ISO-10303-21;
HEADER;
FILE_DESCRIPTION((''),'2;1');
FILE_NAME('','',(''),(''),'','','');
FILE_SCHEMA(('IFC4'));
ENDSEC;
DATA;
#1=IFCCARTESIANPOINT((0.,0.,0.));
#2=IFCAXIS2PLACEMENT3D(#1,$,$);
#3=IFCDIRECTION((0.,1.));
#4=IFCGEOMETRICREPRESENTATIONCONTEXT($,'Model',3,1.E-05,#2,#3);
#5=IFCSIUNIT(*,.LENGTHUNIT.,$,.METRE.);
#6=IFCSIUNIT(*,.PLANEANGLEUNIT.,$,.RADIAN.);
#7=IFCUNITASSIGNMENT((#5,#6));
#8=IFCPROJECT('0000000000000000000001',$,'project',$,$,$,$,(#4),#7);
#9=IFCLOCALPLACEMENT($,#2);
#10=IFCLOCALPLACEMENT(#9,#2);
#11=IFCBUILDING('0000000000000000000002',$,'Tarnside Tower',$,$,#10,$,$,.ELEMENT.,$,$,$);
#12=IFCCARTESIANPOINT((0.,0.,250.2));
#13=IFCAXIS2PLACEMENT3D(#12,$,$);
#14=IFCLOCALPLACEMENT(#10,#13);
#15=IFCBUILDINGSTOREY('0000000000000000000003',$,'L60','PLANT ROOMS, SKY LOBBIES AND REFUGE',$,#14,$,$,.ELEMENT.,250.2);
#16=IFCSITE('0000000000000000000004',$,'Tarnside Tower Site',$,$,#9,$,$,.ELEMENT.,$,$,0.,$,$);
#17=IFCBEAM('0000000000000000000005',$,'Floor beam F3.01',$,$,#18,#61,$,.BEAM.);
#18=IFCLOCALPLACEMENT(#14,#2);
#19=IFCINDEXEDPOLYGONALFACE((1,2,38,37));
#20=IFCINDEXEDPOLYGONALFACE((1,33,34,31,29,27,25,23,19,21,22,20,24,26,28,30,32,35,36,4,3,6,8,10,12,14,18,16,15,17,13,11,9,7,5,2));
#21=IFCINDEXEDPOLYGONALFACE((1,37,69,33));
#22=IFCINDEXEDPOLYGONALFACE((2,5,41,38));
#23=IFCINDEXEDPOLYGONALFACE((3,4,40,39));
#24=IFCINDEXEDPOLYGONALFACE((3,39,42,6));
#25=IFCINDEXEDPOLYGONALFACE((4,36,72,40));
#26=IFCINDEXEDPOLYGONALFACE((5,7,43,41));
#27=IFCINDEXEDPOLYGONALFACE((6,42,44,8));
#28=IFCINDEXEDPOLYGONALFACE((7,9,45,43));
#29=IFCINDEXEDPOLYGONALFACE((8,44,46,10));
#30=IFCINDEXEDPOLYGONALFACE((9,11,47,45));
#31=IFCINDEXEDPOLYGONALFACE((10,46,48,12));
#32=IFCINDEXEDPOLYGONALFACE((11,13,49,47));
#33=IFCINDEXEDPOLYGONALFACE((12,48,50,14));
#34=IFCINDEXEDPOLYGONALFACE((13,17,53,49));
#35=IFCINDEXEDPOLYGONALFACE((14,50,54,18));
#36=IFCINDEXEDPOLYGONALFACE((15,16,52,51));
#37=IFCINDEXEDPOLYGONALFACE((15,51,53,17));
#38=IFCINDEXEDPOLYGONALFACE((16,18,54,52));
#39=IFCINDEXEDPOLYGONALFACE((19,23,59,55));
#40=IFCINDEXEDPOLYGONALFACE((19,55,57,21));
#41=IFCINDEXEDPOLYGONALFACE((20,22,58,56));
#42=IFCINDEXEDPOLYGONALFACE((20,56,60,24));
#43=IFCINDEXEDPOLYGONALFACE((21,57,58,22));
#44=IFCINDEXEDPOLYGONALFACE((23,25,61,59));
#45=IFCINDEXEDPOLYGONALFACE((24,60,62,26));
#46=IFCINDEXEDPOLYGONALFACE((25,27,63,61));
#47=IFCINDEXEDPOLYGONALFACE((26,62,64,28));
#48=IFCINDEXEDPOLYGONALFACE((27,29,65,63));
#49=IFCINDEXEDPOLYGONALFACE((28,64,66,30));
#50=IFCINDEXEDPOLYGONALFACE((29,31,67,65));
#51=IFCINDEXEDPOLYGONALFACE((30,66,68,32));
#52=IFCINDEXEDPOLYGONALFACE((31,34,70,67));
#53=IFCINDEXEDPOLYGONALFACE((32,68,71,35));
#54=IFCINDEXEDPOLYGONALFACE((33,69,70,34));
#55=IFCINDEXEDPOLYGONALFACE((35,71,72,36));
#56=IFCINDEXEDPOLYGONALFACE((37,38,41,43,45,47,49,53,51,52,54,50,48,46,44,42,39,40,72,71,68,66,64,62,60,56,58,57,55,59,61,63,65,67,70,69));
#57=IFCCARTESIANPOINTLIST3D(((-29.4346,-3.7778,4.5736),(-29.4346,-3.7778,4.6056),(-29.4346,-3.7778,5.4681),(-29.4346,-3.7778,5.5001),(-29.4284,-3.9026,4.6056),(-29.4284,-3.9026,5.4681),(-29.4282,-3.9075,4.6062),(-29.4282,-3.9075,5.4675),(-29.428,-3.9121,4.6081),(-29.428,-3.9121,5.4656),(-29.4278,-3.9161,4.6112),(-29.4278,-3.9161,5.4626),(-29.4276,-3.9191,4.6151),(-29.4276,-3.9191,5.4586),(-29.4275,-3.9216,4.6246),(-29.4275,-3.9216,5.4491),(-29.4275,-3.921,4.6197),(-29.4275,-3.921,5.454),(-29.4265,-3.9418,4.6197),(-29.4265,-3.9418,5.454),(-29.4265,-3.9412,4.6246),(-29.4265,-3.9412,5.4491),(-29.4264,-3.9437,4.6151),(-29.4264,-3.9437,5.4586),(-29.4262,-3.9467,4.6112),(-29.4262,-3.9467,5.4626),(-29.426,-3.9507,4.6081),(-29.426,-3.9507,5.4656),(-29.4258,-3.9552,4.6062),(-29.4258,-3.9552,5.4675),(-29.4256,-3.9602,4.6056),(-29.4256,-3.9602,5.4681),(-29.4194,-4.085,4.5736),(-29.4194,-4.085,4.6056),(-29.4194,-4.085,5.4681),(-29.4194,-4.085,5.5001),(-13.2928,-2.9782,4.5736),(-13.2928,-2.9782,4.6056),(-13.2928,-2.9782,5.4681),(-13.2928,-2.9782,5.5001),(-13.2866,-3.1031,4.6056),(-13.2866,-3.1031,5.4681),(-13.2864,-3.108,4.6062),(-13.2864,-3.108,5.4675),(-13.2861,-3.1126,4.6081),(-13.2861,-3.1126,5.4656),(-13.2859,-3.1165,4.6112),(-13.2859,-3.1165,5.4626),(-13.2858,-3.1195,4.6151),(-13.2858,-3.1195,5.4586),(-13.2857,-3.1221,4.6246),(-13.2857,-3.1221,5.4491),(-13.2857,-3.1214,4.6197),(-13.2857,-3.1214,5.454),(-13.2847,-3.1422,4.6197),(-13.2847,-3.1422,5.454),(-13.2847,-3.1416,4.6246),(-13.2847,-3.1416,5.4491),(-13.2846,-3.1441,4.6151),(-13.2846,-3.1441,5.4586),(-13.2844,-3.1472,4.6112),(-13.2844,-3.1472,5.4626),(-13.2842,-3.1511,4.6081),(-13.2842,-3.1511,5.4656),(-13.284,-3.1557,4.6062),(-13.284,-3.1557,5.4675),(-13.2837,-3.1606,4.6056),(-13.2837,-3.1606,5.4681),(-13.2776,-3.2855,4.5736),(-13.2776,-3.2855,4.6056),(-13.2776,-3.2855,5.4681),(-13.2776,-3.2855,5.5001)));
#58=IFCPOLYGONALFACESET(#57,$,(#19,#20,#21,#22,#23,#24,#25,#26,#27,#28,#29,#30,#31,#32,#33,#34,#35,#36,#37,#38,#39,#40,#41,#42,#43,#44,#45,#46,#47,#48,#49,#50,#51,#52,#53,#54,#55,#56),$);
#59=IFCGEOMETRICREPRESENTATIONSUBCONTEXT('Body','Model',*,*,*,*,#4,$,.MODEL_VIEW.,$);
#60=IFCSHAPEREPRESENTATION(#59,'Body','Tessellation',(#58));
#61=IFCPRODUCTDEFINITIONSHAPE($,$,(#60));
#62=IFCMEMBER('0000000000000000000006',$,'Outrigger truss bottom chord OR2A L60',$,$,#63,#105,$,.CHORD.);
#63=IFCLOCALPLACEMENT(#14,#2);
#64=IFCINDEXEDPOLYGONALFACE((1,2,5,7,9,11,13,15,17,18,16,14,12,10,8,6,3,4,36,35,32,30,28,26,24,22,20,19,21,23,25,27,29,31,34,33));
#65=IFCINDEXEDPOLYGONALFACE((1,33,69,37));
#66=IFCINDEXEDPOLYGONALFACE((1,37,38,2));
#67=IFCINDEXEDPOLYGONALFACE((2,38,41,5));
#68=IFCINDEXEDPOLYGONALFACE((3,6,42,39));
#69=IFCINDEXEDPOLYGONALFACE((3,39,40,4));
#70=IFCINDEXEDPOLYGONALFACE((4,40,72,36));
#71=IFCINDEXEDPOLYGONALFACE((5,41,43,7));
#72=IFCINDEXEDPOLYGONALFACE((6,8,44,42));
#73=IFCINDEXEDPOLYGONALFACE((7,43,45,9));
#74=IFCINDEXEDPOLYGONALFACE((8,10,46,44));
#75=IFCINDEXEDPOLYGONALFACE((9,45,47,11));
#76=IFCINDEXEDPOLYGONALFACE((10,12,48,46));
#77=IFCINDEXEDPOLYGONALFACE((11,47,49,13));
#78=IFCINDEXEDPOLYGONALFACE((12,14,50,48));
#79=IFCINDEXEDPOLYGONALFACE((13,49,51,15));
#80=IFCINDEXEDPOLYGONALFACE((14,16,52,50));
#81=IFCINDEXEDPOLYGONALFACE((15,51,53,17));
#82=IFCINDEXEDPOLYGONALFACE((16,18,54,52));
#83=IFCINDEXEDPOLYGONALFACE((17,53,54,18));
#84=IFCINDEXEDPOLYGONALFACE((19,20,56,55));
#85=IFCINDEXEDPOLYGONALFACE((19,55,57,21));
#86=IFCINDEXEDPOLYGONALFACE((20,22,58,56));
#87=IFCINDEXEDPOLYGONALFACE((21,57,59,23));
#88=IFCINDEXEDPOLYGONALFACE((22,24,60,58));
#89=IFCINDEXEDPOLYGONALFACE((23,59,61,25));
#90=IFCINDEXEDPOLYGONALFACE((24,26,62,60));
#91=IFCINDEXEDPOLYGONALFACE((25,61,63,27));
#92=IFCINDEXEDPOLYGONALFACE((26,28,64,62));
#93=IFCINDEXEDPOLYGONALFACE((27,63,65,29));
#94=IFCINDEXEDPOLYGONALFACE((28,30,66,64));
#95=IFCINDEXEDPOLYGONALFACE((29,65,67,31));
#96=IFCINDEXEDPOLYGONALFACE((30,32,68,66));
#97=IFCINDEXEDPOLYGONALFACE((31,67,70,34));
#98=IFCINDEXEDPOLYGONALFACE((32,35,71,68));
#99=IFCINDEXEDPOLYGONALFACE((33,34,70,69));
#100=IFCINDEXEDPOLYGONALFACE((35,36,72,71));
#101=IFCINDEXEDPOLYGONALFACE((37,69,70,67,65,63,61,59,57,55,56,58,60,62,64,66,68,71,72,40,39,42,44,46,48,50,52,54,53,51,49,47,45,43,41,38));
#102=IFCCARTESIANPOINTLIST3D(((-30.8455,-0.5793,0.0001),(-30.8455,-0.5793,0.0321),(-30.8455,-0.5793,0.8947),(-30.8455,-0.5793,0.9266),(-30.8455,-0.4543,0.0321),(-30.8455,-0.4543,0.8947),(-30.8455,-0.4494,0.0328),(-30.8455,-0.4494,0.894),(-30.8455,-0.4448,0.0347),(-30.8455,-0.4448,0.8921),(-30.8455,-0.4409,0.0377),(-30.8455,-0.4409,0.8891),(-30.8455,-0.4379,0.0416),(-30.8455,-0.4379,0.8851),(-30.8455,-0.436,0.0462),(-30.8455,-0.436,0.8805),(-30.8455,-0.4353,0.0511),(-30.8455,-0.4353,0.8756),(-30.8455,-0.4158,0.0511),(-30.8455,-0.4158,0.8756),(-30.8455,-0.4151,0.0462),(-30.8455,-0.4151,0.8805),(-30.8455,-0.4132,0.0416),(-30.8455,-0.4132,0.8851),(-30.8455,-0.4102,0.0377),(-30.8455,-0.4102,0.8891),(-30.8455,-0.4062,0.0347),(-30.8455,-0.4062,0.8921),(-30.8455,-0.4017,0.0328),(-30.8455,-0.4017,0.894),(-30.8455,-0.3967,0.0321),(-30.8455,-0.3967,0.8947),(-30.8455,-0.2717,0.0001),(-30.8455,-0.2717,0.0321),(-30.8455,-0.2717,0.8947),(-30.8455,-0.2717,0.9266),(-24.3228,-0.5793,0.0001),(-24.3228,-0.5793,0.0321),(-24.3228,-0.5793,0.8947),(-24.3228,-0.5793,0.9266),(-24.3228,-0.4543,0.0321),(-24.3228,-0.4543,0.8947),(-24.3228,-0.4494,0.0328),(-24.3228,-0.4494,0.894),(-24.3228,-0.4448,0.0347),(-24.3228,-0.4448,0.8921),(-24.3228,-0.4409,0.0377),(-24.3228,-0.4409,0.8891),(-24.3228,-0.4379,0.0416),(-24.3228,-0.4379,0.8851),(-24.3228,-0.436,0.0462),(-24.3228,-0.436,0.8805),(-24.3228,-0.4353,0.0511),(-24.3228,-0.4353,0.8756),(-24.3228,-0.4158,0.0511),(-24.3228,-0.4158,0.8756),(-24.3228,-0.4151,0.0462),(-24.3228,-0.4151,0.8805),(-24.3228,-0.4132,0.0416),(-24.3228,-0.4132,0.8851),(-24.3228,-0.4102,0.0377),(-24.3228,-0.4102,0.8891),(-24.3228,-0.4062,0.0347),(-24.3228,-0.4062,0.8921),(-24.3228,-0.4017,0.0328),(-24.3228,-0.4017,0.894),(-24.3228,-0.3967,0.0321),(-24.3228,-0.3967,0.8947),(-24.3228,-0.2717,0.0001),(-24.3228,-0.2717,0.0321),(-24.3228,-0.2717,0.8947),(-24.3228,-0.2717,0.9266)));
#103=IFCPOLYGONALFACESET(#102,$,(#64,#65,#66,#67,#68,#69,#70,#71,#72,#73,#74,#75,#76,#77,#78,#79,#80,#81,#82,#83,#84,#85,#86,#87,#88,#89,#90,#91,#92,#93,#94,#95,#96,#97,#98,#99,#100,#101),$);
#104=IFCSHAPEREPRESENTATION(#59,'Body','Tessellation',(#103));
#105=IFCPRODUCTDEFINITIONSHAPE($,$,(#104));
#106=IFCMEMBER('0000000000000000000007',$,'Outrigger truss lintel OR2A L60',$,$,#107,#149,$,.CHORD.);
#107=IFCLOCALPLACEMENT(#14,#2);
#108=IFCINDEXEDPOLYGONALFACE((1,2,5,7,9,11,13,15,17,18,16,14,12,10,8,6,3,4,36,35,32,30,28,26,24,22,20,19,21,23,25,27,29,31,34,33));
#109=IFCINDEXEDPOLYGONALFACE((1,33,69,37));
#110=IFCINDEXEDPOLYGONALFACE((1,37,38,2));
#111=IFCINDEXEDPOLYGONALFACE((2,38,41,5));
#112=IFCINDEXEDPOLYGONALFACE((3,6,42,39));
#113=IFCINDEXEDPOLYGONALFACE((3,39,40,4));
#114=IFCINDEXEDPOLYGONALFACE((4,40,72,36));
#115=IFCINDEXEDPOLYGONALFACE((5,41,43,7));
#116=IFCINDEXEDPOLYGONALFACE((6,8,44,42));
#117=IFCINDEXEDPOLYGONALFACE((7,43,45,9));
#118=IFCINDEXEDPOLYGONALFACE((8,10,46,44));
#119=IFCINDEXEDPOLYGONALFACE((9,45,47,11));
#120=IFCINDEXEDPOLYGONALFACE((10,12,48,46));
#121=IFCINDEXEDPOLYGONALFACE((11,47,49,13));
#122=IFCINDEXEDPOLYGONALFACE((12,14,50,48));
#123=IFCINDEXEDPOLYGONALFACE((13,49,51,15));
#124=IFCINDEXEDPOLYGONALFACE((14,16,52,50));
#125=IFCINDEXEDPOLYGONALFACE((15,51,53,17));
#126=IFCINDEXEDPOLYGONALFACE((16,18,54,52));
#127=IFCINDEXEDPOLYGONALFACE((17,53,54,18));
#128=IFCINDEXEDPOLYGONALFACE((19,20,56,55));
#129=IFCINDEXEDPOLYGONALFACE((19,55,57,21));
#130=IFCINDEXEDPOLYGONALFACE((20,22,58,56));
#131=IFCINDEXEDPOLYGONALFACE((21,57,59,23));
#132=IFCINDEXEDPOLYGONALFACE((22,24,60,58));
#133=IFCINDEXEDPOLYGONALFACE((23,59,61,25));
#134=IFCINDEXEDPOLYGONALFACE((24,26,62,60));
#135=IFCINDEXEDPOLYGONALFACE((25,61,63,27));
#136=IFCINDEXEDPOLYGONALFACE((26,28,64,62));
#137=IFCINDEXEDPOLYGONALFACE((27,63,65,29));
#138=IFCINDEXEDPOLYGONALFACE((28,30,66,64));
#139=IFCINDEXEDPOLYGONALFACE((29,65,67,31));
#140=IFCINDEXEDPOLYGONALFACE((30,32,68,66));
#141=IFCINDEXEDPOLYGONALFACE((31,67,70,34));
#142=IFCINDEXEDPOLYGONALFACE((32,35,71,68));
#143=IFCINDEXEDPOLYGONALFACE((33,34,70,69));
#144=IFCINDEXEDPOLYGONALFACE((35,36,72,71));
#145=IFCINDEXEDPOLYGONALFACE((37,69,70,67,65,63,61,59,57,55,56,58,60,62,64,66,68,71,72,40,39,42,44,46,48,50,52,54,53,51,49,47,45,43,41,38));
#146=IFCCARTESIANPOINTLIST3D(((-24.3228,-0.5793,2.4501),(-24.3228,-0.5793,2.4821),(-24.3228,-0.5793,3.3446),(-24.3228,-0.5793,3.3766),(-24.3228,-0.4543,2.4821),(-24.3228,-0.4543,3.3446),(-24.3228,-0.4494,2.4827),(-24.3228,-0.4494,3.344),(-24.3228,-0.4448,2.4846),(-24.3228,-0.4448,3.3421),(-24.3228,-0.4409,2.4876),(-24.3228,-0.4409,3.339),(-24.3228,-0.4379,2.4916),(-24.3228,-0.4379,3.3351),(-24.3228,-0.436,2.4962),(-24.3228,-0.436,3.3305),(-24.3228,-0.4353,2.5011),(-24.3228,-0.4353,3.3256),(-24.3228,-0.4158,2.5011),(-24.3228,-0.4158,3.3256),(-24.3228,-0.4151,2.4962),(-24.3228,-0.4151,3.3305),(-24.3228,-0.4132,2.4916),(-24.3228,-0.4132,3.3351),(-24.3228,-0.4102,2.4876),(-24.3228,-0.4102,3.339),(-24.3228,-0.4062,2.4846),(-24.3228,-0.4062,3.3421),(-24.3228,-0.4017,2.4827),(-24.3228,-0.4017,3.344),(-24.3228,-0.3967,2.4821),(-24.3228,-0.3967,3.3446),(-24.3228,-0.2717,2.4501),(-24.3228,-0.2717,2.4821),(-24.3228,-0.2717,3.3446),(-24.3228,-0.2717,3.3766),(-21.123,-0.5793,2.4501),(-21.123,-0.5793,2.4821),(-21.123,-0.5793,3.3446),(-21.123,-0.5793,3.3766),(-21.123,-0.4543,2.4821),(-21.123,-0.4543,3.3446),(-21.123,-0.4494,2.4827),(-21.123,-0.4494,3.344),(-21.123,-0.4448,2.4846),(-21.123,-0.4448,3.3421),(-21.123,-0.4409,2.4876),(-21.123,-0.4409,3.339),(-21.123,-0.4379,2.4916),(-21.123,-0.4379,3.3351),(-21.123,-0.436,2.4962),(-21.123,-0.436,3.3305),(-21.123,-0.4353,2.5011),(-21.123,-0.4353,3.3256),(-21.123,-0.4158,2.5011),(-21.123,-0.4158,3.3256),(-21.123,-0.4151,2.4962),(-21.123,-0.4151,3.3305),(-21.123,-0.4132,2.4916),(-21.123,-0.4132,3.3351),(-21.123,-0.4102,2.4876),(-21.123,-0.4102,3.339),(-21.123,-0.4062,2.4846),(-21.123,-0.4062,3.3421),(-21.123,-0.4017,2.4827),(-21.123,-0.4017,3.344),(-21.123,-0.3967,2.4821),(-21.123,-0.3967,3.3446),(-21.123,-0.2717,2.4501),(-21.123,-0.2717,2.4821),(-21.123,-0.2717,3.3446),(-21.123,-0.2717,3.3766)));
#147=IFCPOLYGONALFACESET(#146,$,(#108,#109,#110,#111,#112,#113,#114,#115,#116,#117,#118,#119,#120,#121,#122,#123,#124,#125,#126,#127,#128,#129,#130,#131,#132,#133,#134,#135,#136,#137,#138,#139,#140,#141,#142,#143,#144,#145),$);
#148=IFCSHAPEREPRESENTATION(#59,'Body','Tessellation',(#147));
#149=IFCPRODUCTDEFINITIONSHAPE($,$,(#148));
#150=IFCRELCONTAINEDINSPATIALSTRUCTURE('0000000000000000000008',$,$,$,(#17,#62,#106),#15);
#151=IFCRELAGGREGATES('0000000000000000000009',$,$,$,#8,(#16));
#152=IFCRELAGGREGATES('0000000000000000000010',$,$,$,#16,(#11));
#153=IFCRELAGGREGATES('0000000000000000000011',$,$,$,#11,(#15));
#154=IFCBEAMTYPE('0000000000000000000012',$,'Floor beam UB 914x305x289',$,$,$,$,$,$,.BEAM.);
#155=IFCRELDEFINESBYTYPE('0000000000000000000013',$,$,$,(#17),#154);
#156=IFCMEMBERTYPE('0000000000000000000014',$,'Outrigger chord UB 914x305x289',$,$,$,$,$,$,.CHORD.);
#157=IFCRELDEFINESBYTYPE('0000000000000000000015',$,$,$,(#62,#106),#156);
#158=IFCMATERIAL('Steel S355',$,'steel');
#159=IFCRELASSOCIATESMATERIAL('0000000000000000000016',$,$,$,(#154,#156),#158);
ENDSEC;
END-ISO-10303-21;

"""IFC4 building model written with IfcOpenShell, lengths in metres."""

from ifc_helpers import new_model, si_unit, direction, frame, origin, origin_2d, place, context, subcontext, project, spatial, i_section, extrude, material, material_profile, profile_set, type_object, element, save


model = new_model("IFC4")

# Units and contexts
model_context = context("Model", 3, precision=1e-05, world=origin(), true_north=direction((0.0, 1.0)))
body_context = subcontext(model_context, "Body", "Model", "MODEL_VIEW")
ifc_project = project(units=[si_unit("LENGTHUNIT", "METRE"), si_unit("PLANEANGLEUNIT", "RADIAN")], contexts=[model_context])

# Site, building, storey
site_placement = place(None, origin())
site = spatial("IfcSite", under=ifc_project, at=site_placement, Name="Tarnside Tower Site", CompositionType="ELEMENT", RefElevation=0.0)
building_placement = place(site_placement, origin())
building = spatial("IfcBuilding", under=site, at=building_placement, Name="Tarnside Tower", CompositionType="ELEMENT")
storey_placement = place(building_placement, frame((0.0, 0.0, 250.2)))
storey = spatial("IfcBuildingStorey", under=building, at=storey_placement, Name="L60", Description="PLANT ROOMS, SKY LOBBIES AND REFUGE", CompositionType="ELEMENT", Elevation=250.2)

# Beam
ifc_material_1 = material(Name="Steel S355", Category="steel")
ifc_material_profile_1 = material_profile(ifc_material_1, i_section(OverallWidth=0.3076, OverallDepth=0.9265, WebThickness=0.0195, FlangeThickness=0.032, FilletRadius=0.019, at=origin_2d()), Name="UB 914x305x289")
ifc_profile_set_1 = profile_set([ifc_material_profile_1], Name="Steel S355")
beam_type = type_object("IfcBeamType", Name="Floor beam UB 914x305x289", PredefinedType="BEAM", material=ifc_profile_set_1)
beam_placement = place(storey_placement, frame((-29.427, -3.9314, 5.0369), z_axis=(0.998775, 0.049473, 0.0), x_axis=(-0.049473, 0.998775, 0.0)))
element("IfcBeam", 1, at=beam_placement, inside=storey, type_object=beam_type, Name="Floor beam F3.01", PredefinedType="BEAM", context=body_context, shape_type="SweptSolid", body=[
    extrude(i_section(OverallWidth=0.3076, OverallDepth=0.9265, WebThickness=0.0195, FlangeThickness=0.032, FilletRadius=0.019, at=origin_2d()), origin(), (0.0, 0.0, 1.0), 16.1616),
])

# Members
ifc_material_profile_2 = material_profile(ifc_material_1, i_section(OverallWidth=0.3076, OverallDepth=0.9265, WebThickness=0.0195, FlangeThickness=0.032, FilletRadius=0.019, at=origin_2d()), Name="UB 914x305x289")
ifc_profile_set_2 = profile_set([ifc_material_profile_2], Name="Steel S355")
member_type_1 = type_object("IfcMemberType", Name="Outrigger chord UB 914x305x289", PredefinedType="CHORD", material=ifc_profile_set_2)
member_1_placement = place(storey_placement, frame((-24.3228, -0.4255, 0.4634), z_axis=(-1.0, 0.0, 0.0), x_axis=(0.0, -1.0, 0.0)))
element("IfcMember", 2, at=member_1_placement, inside=storey, type_object=member_type_1, Name="Outrigger truss bottom chord OR2A L60", PredefinedType="CHORD", context=body_context, shape_type="SweptSolid", body=[
    extrude(i_section(OverallWidth=0.3076, OverallDepth=0.9265, WebThickness=0.0195, FlangeThickness=0.032, FilletRadius=0.019, at=origin_2d()), origin(), (0.0, 0.0, 1.0), 6.5227),
])
member_2_placement = place(storey_placement, frame((-21.123, -0.4255, 2.9133), z_axis=(-1.0, 0.0, 0.0), x_axis=(0.0, -1.0, 0.0)))
element("IfcMember", 3, at=member_2_placement, inside=storey, type_object=member_type_1, Name="Outrigger truss lintel OR2A L60", PredefinedType="CHORD", context=body_context, shape_type="SweptSolid", body=[
    extrude(i_section(OverallWidth=0.3076, OverallDepth=0.9265, WebThickness=0.0195, FlangeThickness=0.032, FilletRadius=0.019, at=origin_2d()), origin(), (0.0, 0.0, 1.0), 3.1997),
])

save(model, "model.ifc")
